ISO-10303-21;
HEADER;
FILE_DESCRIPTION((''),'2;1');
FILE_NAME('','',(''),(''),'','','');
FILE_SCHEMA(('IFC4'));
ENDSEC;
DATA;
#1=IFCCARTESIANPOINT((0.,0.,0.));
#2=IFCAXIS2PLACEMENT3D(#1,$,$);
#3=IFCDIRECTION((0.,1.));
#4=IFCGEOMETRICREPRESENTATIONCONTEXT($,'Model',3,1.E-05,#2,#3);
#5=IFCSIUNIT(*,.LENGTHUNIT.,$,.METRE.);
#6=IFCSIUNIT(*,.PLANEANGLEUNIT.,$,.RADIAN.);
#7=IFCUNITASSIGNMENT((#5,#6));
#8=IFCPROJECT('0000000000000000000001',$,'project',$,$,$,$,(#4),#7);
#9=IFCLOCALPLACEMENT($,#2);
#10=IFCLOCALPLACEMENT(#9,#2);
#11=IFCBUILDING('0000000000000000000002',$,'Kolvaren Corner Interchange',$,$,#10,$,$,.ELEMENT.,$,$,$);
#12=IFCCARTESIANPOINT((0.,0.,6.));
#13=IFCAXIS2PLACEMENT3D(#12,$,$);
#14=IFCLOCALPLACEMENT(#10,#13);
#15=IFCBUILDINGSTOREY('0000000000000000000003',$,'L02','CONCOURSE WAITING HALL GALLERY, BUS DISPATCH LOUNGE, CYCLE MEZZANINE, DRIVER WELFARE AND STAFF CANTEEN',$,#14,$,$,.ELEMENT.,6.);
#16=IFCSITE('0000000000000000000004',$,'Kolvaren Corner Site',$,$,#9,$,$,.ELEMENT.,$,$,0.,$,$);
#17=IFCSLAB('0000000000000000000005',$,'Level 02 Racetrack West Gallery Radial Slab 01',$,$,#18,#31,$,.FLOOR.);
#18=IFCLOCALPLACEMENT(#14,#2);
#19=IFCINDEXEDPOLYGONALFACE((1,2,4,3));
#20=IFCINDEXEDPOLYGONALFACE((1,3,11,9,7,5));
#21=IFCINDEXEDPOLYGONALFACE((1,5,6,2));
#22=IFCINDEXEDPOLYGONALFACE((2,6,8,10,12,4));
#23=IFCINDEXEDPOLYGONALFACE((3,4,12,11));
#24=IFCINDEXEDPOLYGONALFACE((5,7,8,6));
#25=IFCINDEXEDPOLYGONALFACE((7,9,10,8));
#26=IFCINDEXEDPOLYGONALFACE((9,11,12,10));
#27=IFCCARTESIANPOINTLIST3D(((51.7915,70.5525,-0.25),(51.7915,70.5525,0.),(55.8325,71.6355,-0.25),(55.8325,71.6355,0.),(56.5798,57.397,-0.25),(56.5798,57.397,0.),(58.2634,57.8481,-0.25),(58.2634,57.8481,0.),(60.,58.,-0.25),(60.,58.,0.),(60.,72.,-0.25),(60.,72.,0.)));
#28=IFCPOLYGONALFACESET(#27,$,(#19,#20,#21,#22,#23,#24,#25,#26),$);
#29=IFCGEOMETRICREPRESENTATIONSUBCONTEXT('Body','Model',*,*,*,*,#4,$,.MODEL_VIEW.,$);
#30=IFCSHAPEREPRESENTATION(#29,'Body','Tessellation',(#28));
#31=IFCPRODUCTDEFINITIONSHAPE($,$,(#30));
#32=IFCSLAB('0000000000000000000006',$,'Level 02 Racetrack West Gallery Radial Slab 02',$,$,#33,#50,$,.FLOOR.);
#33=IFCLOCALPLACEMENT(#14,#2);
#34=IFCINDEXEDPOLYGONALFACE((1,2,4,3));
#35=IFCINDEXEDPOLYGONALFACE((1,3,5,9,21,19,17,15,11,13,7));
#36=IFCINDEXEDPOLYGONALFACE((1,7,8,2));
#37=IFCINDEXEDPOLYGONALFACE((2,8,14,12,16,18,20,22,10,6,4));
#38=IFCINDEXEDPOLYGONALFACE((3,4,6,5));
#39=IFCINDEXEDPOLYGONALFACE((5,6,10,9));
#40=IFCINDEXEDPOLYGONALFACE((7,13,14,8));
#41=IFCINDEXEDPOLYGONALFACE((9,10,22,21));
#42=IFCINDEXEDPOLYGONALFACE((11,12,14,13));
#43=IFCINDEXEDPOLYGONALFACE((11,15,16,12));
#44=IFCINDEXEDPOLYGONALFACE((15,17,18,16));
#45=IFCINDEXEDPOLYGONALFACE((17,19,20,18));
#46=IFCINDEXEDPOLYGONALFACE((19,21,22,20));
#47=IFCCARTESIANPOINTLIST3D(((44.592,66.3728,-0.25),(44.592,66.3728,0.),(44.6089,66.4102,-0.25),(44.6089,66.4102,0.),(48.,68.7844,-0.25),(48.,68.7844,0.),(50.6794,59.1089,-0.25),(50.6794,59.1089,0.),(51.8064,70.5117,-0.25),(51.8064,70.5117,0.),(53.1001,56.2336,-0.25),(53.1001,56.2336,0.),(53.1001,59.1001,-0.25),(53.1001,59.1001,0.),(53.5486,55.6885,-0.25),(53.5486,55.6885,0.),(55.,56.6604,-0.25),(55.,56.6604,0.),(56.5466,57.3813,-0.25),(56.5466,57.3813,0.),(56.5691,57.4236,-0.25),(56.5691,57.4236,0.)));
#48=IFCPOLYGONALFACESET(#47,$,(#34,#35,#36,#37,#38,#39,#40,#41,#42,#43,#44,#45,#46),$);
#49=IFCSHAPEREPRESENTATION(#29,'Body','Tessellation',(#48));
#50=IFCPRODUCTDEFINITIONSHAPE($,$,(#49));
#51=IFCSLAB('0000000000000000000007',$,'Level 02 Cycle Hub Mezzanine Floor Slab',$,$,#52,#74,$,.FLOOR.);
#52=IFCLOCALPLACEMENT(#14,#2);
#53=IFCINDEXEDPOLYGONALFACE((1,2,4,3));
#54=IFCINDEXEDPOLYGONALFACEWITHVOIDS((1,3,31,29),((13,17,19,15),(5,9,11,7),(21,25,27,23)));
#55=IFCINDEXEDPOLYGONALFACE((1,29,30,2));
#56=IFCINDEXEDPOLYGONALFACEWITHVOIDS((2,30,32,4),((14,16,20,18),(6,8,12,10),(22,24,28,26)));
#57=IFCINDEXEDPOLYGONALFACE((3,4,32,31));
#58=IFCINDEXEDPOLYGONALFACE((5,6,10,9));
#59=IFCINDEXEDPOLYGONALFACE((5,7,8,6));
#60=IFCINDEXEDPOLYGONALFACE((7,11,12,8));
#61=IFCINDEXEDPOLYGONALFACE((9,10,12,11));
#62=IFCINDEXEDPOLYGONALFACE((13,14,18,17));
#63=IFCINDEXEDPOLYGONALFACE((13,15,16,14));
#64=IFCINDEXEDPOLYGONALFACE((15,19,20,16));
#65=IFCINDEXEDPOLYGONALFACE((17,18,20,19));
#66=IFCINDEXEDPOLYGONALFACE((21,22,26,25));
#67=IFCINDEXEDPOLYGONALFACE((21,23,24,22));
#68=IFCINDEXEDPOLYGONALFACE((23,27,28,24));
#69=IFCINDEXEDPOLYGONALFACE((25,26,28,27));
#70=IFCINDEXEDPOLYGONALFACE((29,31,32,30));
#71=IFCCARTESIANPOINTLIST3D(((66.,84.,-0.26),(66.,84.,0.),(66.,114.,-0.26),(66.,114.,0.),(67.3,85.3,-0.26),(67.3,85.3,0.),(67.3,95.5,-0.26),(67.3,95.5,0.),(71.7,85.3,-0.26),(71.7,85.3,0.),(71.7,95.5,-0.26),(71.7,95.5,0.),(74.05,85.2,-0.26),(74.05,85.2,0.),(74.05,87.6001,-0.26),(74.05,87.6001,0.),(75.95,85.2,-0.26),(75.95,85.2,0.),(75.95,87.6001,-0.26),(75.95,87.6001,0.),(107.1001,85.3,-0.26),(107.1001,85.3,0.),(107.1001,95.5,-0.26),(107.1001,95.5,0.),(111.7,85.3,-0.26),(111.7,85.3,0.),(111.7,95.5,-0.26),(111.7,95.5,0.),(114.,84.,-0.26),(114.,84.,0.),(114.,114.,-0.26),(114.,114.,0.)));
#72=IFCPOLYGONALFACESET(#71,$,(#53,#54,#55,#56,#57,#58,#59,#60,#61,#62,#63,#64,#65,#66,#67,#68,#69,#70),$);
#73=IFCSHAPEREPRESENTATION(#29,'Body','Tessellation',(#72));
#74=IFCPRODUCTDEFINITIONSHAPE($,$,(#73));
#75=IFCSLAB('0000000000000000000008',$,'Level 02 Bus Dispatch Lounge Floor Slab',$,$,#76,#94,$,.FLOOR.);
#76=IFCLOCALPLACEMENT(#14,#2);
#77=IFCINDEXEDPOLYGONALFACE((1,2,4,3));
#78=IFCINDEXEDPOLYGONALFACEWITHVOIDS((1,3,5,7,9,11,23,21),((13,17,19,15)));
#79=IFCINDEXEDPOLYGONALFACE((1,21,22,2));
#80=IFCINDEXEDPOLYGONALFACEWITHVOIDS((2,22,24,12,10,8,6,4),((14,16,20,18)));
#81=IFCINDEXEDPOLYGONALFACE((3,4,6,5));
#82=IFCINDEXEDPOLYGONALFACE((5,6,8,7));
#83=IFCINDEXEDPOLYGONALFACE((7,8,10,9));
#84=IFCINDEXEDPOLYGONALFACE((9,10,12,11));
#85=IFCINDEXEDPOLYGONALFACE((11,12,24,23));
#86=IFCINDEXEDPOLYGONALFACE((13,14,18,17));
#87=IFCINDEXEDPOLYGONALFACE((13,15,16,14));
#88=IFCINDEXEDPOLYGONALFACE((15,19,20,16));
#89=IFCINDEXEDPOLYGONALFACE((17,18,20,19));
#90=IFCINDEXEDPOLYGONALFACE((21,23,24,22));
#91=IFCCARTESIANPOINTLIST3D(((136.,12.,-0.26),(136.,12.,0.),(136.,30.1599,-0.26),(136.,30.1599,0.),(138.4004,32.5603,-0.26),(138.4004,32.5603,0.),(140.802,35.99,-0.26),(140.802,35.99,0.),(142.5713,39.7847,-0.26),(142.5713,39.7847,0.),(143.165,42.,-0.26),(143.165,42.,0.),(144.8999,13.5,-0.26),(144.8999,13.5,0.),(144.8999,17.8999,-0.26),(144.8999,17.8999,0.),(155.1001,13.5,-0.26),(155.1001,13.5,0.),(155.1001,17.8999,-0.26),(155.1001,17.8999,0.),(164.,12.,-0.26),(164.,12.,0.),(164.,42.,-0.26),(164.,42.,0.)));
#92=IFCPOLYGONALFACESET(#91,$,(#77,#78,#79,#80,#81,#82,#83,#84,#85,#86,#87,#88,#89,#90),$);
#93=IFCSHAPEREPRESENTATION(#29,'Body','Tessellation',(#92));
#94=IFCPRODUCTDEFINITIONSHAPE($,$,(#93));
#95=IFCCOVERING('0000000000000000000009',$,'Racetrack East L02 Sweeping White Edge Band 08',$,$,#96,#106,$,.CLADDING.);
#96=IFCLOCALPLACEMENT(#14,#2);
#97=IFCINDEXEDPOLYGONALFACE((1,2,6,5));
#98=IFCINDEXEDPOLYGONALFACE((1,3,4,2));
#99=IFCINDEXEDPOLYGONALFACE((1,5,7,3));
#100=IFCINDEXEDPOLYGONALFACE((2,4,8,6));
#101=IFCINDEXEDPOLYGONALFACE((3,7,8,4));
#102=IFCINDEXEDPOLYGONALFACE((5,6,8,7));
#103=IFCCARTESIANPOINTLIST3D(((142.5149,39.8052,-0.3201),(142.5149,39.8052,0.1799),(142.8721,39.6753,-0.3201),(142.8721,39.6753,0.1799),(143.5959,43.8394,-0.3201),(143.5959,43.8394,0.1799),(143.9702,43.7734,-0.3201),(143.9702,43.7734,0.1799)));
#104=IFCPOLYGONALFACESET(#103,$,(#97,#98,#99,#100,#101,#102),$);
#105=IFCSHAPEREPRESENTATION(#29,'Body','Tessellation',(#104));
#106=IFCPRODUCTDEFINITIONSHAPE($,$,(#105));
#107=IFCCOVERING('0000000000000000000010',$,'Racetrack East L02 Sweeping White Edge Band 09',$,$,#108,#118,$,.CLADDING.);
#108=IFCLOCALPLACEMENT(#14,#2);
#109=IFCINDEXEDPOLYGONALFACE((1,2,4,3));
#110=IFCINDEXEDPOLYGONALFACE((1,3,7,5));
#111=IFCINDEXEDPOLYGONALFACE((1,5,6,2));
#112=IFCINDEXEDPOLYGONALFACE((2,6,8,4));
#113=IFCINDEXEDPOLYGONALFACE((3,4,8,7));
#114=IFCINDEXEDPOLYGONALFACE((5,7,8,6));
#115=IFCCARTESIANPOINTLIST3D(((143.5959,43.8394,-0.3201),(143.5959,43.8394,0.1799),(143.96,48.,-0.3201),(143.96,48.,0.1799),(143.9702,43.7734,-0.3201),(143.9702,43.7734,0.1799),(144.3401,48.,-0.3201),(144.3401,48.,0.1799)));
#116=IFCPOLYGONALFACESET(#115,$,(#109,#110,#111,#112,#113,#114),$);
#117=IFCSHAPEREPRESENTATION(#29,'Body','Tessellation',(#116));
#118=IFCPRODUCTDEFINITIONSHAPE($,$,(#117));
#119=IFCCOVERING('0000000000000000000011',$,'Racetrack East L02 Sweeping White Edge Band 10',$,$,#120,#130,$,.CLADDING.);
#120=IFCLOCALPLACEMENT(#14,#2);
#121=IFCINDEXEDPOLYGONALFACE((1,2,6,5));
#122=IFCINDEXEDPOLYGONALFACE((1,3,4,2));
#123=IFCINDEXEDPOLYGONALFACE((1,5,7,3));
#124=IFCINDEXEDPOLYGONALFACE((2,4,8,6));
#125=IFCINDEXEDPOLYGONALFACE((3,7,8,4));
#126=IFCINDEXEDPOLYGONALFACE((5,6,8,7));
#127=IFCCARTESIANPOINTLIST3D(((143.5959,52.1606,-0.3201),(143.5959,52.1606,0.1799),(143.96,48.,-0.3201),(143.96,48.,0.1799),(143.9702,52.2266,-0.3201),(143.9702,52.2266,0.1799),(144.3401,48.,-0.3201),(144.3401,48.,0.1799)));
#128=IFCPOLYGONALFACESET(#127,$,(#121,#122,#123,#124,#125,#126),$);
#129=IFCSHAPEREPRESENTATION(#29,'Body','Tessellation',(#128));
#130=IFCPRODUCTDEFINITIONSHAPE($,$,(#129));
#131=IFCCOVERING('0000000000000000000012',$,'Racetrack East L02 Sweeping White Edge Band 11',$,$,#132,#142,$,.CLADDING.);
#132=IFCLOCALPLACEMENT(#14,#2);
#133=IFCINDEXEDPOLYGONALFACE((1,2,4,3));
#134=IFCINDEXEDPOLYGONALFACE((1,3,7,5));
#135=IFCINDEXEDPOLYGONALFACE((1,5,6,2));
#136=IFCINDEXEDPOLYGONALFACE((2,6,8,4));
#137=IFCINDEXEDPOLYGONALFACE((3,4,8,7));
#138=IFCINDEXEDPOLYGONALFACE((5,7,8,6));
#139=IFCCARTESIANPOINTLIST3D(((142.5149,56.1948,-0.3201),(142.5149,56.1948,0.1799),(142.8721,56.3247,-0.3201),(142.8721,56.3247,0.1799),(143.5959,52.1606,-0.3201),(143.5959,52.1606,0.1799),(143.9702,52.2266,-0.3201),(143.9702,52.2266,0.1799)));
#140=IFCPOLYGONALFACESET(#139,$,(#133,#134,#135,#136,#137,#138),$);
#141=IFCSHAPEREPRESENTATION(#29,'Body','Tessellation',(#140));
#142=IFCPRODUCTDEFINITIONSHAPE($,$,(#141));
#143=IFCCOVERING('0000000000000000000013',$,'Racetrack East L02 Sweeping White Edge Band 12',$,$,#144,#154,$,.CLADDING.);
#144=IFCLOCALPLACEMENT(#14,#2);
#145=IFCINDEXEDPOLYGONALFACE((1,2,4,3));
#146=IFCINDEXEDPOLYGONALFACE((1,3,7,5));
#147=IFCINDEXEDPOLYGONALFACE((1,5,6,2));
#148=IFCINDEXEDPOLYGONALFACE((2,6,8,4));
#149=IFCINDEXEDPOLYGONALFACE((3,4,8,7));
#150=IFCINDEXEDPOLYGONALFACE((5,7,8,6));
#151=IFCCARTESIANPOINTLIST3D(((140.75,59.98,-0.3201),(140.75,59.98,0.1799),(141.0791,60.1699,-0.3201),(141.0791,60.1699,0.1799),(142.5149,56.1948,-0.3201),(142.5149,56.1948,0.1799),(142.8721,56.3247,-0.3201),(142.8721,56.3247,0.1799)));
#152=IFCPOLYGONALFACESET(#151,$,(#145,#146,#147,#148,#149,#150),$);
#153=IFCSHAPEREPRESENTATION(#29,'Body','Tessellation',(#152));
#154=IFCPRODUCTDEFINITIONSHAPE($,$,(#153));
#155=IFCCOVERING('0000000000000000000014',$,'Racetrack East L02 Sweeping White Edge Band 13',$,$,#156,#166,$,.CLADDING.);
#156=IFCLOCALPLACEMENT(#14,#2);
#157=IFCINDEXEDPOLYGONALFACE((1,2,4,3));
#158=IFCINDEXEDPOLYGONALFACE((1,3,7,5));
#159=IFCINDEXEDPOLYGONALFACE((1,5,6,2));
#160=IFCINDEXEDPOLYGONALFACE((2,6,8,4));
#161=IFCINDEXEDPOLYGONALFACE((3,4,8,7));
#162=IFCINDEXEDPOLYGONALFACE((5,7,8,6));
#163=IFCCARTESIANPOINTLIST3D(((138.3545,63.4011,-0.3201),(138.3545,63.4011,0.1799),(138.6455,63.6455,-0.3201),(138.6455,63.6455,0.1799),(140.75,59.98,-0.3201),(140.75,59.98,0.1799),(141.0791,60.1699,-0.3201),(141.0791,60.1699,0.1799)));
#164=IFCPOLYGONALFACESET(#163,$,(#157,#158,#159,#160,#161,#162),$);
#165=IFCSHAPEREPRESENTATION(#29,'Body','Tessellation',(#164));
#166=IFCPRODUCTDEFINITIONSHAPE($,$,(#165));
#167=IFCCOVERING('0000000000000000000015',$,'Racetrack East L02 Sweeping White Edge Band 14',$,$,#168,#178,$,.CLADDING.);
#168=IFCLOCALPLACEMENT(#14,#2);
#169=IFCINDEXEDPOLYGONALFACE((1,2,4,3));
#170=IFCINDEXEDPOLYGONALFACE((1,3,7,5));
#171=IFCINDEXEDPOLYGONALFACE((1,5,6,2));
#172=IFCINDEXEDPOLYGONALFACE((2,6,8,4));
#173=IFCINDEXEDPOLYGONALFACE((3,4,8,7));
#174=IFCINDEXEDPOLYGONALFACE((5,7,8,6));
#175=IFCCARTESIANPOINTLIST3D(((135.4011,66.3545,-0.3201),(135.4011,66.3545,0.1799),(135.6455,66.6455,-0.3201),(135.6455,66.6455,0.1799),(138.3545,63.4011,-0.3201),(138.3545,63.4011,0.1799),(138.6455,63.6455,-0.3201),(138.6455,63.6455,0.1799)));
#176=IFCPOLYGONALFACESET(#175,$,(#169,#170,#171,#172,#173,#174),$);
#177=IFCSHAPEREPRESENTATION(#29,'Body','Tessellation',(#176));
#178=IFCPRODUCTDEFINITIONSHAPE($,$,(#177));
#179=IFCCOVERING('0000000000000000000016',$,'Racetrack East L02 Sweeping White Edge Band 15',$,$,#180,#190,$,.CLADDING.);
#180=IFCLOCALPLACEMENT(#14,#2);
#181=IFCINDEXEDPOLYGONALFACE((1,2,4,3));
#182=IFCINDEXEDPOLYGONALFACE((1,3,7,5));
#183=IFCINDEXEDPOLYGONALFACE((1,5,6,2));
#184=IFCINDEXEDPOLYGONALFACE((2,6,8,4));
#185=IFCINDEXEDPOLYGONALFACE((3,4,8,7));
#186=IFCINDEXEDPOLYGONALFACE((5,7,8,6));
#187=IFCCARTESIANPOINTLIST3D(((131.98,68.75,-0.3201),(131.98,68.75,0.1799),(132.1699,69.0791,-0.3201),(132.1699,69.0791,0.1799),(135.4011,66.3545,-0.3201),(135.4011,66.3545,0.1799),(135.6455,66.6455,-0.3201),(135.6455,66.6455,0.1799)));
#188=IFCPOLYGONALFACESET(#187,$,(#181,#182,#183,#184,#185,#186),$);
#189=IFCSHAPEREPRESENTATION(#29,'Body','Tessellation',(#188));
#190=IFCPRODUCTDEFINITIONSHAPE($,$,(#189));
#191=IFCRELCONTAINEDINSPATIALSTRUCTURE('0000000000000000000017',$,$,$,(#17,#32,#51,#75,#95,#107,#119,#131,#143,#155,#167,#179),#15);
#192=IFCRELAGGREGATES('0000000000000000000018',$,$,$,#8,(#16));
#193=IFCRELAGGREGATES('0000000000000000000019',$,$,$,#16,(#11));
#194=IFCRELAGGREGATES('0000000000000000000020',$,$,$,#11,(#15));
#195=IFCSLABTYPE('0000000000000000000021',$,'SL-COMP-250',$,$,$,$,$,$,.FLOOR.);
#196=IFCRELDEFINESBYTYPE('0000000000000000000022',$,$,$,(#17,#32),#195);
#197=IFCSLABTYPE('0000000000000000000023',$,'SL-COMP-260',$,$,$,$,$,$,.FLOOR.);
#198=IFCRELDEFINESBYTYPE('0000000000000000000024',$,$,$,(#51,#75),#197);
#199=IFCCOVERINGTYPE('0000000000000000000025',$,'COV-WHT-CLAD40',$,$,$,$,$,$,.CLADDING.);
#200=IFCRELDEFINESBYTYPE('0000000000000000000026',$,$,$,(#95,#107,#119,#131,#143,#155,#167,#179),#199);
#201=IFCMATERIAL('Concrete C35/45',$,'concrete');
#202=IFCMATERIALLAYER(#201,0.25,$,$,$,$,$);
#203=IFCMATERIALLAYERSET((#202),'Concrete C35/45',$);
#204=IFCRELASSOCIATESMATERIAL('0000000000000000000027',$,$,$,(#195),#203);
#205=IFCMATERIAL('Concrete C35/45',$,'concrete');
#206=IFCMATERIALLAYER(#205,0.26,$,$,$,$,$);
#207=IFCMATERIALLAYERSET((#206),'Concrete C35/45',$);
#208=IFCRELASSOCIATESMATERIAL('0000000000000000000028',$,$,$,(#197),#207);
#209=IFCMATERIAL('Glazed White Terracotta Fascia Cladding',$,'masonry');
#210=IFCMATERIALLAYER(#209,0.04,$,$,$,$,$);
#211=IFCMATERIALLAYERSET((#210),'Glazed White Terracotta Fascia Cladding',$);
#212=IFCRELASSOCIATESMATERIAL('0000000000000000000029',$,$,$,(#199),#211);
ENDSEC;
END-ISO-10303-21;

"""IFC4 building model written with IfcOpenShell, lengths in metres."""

from ifc_helpers import new_model, si_unit, direction, frame, origin, place, context, subcontext, project, spatial, polyline, outline, extrude, material, layer, layer_set, type_object, element, save


model = new_model("IFC4")

# Units and contexts
model_context = context("Model", 3, precision=1e-05, world=origin(), true_north=direction((0.0, 1.0)))
body_context = subcontext(model_context, "Body", "Model", "MODEL_VIEW")
ifc_project = project(units=[si_unit("LENGTHUNIT", "METRE"), si_unit("PLANEANGLEUNIT", "RADIAN")], contexts=[model_context])

# Site, building, storey
site_placement = place(None, origin())
site = spatial("IfcSite", under=ifc_project, at=site_placement, Name="Kolvaren Corner Site", CompositionType="ELEMENT", RefElevation=0.0)
building_placement = place(site_placement, origin())
building = spatial("IfcBuilding", under=site, at=building_placement, Name="Kolvaren Corner Interchange", CompositionType="ELEMENT")
storey_placement = place(building_placement, frame((0.0, 0.0, 6.0)))
storey = spatial("IfcBuildingStorey", under=building, at=storey_placement, Name="L02", Description="CONCOURSE WAITING HALL GALLERY, BUS DISPATCH LOUNGE, CYCLE MEZZANINE, DRIVER WELFARE AND STAFF CANTEEN", CompositionType="ELEMENT", Elevation=6.0)

# Slabs
ifc_material_1 = material(Name="Concrete C35/45", Category="concrete")
ifc_layer_1 = layer(ifc_material_1, 0.25)
ifc_layer_set_1 = layer_set([ifc_layer_1], Name="Concrete C35/45")
slab_type_1 = type_object("IfcSlabType", Name="SL-COMP-250", PredefinedType="FLOOR", material=ifc_layer_set_1)
slab_1_placement = place(storey_placement, frame((0.0, 0.0, -0.25)))
element("IfcSlab", 1, at=slab_1_placement, inside=storey, type_object=slab_type_1, Name="Level 02 Racetrack West Gallery Radial Slab 01", PredefinedType="FLOOR", context=body_context, shape_type="SweptSolid", body=[
    extrude(outline(polyline([(60.0, 58.0), (60.0, 72.0), (55.8325, 71.6355), (51.7915, 70.5525), (56.5798, 57.397), (58.2634, 57.8481), (60.0, 58.0)])), origin(), (0.0, 0.0, 1.0), 0.25),
])
slab_2_placement = place(storey_placement, frame((0.0, 0.0, -0.25)))
element("IfcSlab", 2, at=slab_2_placement, inside=storey, type_object=slab_type_1, Name="Level 02 Racetrack West Gallery Radial Slab 02", PredefinedType="FLOOR", context=body_context, shape_type="SweptSolid", body=[
    extrude(outline(polyline([(48.0, 68.7844), (44.6089, 66.4102), (44.592, 66.3728), (50.6794, 59.1089), (53.1001, 59.1001), (53.1001, 56.2336), (53.5486, 55.6885), (55.0, 56.6604), (56.5466, 57.3813), (56.5691, 57.4236), (51.8064, 70.5117), (48.0, 68.7844)])), origin(), (0.0, 0.0, 1.0), 0.25),
])
ifc_material_2 = material(Name="Concrete C35/45", Category="concrete")
ifc_layer_2 = layer(ifc_material_2, 0.26)
ifc_layer_set_2 = layer_set([ifc_layer_2], Name="Concrete C35/45")
slab_type_2 = type_object("IfcSlabType", Name="SL-COMP-260", PredefinedType="FLOOR", material=ifc_layer_set_2)
slab_3_placement = place(storey_placement, frame((0.0, 0.0, -0.26)))
element("IfcSlab", 3, at=slab_3_placement, inside=storey, type_object=slab_type_2, Name="Level 02 Cycle Hub Mezzanine Floor Slab", PredefinedType="FLOOR", context=body_context, shape_type="SweptSolid", body=[
    extrude(outline(polyline([(114.0, 114.0), (66.0, 114.0), (66.0, 84.0), (114.0, 84.0), (114.0, 114.0)]), holes=[polyline([(71.7, 85.3), (67.3, 85.3), (67.3, 95.5), (71.7, 95.5), (71.7, 85.3)]), polyline([(107.1001, 85.3), (107.1001, 95.5), (111.7, 95.5), (111.7, 85.3), (107.1001, 85.3)]), polyline([(74.05, 87.6001), (75.95, 87.6001), (75.95, 85.2), (74.05, 85.2), (74.05, 87.6001)])]), origin(), (0.0, 0.0, 1.0), 0.26),
])
slab_4_placement = place(storey_placement, frame((0.0, 0.0, -0.26)))
element("IfcSlab", 4, at=slab_4_placement, inside=storey, type_object=slab_type_2, Name="Level 02 Bus Dispatch Lounge Floor Slab", PredefinedType="FLOOR", context=body_context, shape_type="SweptSolid", body=[
    extrude(outline(polyline([(136.0, 30.1599), (136.0, 12.0), (164.0, 12.0), (164.0, 42.0), (143.165, 42.0), (142.5713, 39.7847), (140.802, 35.99), (138.4004, 32.5603), (136.0, 30.1599)]), holes=[polyline([(144.8999, 17.8999), (155.1001, 17.8999), (155.1001, 13.5), (144.8999, 13.5), (144.8999, 17.8999)])]), origin(), (0.0, 0.0, 1.0), 0.26),
])

# Coverings
ifc_material_3 = material(Name="Glazed White Terracotta Fascia Cladding", Category="masonry")
ifc_layer_3 = layer(ifc_material_3, 0.04)
ifc_layer_set_3 = layer_set([ifc_layer_3], Name="Glazed White Terracotta Fascia Cladding")
covering_type = type_object("IfcCoveringType", Name="COV-WHT-CLAD40", PredefinedType="CLADDING", material=ifc_layer_set_3)
covering_1_placement = place(storey_placement, frame((0.0, 0.0, -0.3201)))
element("IfcCovering", 5, at=covering_1_placement, inside=storey, type_object=covering_type, Name="Racetrack East L02 Sweeping White Edge Band 08", PredefinedType="CLADDING", context=body_context, shape_type="SweptSolid", body=[
    extrude(outline(polyline([(142.5149, 39.8052), (142.8721, 39.6753), (143.9702, 43.7734), (143.5959, 43.8394), (142.5149, 39.8052)])), origin(), (0.0, 0.0, 1.0), 0.5),
])
covering_2_placement = place(storey_placement, frame((0.0, 0.0, -0.3201)))
element("IfcCovering", 6, at=covering_2_placement, inside=storey, type_object=covering_type, Name="Racetrack East L02 Sweeping White Edge Band 09", PredefinedType="CLADDING", context=body_context, shape_type="SweptSolid", body=[
    extrude(outline(polyline([(143.5959, 43.8394), (143.9702, 43.7734), (144.3401, 48.0), (143.96, 48.0), (143.5959, 43.8394)])), origin(), (0.0, 0.0, 1.0), 0.5),
])
covering_3_placement = place(storey_placement, frame((0.0, 0.0, -0.3201)))
element("IfcCovering", 7, at=covering_3_placement, inside=storey, type_object=covering_type, Name="Racetrack East L02 Sweeping White Edge Band 10", PredefinedType="CLADDING", context=body_context, shape_type="SweptSolid", body=[
    extrude(outline(polyline([(143.96, 48.0), (144.3401, 48.0), (143.9702, 52.2266), (143.5959, 52.1606), (143.96, 48.0)])), origin(), (0.0, 0.0, 1.0), 0.5),
])
covering_4_placement = place(storey_placement, frame((0.0, 0.0, -0.3201)))
element("IfcCovering", 8, at=covering_4_placement, inside=storey, type_object=covering_type, Name="Racetrack East L02 Sweeping White Edge Band 11", PredefinedType="CLADDING", context=body_context, shape_type="SweptSolid", body=[
    extrude(outline(polyline([(143.5959, 52.1606), (143.9702, 52.2266), (142.8721, 56.3247), (142.5149, 56.1948), (143.5959, 52.1606)])), origin(), (0.0, 0.0, 1.0), 0.5),
])
covering_5_placement = place(storey_placement, frame((0.0, 0.0, -0.3201)))
element("IfcCovering", 9, at=covering_5_placement, inside=storey, type_object=covering_type, Name="Racetrack East L02 Sweeping White Edge Band 12", PredefinedType="CLADDING", context=body_context, shape_type="SweptSolid", body=[
    extrude(outline(polyline([(142.5149, 56.1948), (142.8721, 56.3247), (141.0791, 60.1699), (140.75, 59.98), (142.5149, 56.1948)])), origin(), (0.0, 0.0, 1.0), 0.5),
])
covering_6_placement = place(storey_placement, frame((0.0, 0.0, -0.3201)))
element("IfcCovering", 10, at=covering_6_placement, inside=storey, type_object=covering_type, Name="Racetrack East L02 Sweeping White Edge Band 13", PredefinedType="CLADDING", context=body_context, shape_type="SweptSolid", body=[
    extrude(outline(polyline([(140.75, 59.98), (141.0791, 60.1699), (138.6455, 63.6455), (138.3545, 63.4011), (140.75, 59.98)])), origin(), (0.0, 0.0, 1.0), 0.5),
])
covering_7_placement = place(storey_placement, frame((0.0, 0.0, -0.3201)))
element("IfcCovering", 11, at=covering_7_placement, inside=storey, type_object=covering_type, Name="Racetrack East L02 Sweeping White Edge Band 14", PredefinedType="CLADDING", context=body_context, shape_type="SweptSolid", body=[
    extrude(outline(polyline([(138.3545, 63.4011), (138.6455, 63.6455), (135.6455, 66.6455), (135.4011, 66.3545), (138.3545, 63.4011)])), origin(), (0.0, 0.0, 1.0), 0.5),
])
covering_8_placement = place(storey_placement, frame((0.0, 0.0, -0.3201)))
element("IfcCovering", 12, at=covering_8_placement, inside=storey, type_object=covering_type, Name="Racetrack East L02 Sweeping White Edge Band 15", PredefinedType="CLADDING", context=body_context, shape_type="SweptSolid", body=[
    extrude(outline(polyline([(135.4011, 66.3545), (135.6455, 66.6455), (132.1699, 69.0791), (131.98, 68.75), (135.4011, 66.3545)])), origin(), (0.0, 0.0, 1.0), 0.5),
])

save(model, "model.ifc")
